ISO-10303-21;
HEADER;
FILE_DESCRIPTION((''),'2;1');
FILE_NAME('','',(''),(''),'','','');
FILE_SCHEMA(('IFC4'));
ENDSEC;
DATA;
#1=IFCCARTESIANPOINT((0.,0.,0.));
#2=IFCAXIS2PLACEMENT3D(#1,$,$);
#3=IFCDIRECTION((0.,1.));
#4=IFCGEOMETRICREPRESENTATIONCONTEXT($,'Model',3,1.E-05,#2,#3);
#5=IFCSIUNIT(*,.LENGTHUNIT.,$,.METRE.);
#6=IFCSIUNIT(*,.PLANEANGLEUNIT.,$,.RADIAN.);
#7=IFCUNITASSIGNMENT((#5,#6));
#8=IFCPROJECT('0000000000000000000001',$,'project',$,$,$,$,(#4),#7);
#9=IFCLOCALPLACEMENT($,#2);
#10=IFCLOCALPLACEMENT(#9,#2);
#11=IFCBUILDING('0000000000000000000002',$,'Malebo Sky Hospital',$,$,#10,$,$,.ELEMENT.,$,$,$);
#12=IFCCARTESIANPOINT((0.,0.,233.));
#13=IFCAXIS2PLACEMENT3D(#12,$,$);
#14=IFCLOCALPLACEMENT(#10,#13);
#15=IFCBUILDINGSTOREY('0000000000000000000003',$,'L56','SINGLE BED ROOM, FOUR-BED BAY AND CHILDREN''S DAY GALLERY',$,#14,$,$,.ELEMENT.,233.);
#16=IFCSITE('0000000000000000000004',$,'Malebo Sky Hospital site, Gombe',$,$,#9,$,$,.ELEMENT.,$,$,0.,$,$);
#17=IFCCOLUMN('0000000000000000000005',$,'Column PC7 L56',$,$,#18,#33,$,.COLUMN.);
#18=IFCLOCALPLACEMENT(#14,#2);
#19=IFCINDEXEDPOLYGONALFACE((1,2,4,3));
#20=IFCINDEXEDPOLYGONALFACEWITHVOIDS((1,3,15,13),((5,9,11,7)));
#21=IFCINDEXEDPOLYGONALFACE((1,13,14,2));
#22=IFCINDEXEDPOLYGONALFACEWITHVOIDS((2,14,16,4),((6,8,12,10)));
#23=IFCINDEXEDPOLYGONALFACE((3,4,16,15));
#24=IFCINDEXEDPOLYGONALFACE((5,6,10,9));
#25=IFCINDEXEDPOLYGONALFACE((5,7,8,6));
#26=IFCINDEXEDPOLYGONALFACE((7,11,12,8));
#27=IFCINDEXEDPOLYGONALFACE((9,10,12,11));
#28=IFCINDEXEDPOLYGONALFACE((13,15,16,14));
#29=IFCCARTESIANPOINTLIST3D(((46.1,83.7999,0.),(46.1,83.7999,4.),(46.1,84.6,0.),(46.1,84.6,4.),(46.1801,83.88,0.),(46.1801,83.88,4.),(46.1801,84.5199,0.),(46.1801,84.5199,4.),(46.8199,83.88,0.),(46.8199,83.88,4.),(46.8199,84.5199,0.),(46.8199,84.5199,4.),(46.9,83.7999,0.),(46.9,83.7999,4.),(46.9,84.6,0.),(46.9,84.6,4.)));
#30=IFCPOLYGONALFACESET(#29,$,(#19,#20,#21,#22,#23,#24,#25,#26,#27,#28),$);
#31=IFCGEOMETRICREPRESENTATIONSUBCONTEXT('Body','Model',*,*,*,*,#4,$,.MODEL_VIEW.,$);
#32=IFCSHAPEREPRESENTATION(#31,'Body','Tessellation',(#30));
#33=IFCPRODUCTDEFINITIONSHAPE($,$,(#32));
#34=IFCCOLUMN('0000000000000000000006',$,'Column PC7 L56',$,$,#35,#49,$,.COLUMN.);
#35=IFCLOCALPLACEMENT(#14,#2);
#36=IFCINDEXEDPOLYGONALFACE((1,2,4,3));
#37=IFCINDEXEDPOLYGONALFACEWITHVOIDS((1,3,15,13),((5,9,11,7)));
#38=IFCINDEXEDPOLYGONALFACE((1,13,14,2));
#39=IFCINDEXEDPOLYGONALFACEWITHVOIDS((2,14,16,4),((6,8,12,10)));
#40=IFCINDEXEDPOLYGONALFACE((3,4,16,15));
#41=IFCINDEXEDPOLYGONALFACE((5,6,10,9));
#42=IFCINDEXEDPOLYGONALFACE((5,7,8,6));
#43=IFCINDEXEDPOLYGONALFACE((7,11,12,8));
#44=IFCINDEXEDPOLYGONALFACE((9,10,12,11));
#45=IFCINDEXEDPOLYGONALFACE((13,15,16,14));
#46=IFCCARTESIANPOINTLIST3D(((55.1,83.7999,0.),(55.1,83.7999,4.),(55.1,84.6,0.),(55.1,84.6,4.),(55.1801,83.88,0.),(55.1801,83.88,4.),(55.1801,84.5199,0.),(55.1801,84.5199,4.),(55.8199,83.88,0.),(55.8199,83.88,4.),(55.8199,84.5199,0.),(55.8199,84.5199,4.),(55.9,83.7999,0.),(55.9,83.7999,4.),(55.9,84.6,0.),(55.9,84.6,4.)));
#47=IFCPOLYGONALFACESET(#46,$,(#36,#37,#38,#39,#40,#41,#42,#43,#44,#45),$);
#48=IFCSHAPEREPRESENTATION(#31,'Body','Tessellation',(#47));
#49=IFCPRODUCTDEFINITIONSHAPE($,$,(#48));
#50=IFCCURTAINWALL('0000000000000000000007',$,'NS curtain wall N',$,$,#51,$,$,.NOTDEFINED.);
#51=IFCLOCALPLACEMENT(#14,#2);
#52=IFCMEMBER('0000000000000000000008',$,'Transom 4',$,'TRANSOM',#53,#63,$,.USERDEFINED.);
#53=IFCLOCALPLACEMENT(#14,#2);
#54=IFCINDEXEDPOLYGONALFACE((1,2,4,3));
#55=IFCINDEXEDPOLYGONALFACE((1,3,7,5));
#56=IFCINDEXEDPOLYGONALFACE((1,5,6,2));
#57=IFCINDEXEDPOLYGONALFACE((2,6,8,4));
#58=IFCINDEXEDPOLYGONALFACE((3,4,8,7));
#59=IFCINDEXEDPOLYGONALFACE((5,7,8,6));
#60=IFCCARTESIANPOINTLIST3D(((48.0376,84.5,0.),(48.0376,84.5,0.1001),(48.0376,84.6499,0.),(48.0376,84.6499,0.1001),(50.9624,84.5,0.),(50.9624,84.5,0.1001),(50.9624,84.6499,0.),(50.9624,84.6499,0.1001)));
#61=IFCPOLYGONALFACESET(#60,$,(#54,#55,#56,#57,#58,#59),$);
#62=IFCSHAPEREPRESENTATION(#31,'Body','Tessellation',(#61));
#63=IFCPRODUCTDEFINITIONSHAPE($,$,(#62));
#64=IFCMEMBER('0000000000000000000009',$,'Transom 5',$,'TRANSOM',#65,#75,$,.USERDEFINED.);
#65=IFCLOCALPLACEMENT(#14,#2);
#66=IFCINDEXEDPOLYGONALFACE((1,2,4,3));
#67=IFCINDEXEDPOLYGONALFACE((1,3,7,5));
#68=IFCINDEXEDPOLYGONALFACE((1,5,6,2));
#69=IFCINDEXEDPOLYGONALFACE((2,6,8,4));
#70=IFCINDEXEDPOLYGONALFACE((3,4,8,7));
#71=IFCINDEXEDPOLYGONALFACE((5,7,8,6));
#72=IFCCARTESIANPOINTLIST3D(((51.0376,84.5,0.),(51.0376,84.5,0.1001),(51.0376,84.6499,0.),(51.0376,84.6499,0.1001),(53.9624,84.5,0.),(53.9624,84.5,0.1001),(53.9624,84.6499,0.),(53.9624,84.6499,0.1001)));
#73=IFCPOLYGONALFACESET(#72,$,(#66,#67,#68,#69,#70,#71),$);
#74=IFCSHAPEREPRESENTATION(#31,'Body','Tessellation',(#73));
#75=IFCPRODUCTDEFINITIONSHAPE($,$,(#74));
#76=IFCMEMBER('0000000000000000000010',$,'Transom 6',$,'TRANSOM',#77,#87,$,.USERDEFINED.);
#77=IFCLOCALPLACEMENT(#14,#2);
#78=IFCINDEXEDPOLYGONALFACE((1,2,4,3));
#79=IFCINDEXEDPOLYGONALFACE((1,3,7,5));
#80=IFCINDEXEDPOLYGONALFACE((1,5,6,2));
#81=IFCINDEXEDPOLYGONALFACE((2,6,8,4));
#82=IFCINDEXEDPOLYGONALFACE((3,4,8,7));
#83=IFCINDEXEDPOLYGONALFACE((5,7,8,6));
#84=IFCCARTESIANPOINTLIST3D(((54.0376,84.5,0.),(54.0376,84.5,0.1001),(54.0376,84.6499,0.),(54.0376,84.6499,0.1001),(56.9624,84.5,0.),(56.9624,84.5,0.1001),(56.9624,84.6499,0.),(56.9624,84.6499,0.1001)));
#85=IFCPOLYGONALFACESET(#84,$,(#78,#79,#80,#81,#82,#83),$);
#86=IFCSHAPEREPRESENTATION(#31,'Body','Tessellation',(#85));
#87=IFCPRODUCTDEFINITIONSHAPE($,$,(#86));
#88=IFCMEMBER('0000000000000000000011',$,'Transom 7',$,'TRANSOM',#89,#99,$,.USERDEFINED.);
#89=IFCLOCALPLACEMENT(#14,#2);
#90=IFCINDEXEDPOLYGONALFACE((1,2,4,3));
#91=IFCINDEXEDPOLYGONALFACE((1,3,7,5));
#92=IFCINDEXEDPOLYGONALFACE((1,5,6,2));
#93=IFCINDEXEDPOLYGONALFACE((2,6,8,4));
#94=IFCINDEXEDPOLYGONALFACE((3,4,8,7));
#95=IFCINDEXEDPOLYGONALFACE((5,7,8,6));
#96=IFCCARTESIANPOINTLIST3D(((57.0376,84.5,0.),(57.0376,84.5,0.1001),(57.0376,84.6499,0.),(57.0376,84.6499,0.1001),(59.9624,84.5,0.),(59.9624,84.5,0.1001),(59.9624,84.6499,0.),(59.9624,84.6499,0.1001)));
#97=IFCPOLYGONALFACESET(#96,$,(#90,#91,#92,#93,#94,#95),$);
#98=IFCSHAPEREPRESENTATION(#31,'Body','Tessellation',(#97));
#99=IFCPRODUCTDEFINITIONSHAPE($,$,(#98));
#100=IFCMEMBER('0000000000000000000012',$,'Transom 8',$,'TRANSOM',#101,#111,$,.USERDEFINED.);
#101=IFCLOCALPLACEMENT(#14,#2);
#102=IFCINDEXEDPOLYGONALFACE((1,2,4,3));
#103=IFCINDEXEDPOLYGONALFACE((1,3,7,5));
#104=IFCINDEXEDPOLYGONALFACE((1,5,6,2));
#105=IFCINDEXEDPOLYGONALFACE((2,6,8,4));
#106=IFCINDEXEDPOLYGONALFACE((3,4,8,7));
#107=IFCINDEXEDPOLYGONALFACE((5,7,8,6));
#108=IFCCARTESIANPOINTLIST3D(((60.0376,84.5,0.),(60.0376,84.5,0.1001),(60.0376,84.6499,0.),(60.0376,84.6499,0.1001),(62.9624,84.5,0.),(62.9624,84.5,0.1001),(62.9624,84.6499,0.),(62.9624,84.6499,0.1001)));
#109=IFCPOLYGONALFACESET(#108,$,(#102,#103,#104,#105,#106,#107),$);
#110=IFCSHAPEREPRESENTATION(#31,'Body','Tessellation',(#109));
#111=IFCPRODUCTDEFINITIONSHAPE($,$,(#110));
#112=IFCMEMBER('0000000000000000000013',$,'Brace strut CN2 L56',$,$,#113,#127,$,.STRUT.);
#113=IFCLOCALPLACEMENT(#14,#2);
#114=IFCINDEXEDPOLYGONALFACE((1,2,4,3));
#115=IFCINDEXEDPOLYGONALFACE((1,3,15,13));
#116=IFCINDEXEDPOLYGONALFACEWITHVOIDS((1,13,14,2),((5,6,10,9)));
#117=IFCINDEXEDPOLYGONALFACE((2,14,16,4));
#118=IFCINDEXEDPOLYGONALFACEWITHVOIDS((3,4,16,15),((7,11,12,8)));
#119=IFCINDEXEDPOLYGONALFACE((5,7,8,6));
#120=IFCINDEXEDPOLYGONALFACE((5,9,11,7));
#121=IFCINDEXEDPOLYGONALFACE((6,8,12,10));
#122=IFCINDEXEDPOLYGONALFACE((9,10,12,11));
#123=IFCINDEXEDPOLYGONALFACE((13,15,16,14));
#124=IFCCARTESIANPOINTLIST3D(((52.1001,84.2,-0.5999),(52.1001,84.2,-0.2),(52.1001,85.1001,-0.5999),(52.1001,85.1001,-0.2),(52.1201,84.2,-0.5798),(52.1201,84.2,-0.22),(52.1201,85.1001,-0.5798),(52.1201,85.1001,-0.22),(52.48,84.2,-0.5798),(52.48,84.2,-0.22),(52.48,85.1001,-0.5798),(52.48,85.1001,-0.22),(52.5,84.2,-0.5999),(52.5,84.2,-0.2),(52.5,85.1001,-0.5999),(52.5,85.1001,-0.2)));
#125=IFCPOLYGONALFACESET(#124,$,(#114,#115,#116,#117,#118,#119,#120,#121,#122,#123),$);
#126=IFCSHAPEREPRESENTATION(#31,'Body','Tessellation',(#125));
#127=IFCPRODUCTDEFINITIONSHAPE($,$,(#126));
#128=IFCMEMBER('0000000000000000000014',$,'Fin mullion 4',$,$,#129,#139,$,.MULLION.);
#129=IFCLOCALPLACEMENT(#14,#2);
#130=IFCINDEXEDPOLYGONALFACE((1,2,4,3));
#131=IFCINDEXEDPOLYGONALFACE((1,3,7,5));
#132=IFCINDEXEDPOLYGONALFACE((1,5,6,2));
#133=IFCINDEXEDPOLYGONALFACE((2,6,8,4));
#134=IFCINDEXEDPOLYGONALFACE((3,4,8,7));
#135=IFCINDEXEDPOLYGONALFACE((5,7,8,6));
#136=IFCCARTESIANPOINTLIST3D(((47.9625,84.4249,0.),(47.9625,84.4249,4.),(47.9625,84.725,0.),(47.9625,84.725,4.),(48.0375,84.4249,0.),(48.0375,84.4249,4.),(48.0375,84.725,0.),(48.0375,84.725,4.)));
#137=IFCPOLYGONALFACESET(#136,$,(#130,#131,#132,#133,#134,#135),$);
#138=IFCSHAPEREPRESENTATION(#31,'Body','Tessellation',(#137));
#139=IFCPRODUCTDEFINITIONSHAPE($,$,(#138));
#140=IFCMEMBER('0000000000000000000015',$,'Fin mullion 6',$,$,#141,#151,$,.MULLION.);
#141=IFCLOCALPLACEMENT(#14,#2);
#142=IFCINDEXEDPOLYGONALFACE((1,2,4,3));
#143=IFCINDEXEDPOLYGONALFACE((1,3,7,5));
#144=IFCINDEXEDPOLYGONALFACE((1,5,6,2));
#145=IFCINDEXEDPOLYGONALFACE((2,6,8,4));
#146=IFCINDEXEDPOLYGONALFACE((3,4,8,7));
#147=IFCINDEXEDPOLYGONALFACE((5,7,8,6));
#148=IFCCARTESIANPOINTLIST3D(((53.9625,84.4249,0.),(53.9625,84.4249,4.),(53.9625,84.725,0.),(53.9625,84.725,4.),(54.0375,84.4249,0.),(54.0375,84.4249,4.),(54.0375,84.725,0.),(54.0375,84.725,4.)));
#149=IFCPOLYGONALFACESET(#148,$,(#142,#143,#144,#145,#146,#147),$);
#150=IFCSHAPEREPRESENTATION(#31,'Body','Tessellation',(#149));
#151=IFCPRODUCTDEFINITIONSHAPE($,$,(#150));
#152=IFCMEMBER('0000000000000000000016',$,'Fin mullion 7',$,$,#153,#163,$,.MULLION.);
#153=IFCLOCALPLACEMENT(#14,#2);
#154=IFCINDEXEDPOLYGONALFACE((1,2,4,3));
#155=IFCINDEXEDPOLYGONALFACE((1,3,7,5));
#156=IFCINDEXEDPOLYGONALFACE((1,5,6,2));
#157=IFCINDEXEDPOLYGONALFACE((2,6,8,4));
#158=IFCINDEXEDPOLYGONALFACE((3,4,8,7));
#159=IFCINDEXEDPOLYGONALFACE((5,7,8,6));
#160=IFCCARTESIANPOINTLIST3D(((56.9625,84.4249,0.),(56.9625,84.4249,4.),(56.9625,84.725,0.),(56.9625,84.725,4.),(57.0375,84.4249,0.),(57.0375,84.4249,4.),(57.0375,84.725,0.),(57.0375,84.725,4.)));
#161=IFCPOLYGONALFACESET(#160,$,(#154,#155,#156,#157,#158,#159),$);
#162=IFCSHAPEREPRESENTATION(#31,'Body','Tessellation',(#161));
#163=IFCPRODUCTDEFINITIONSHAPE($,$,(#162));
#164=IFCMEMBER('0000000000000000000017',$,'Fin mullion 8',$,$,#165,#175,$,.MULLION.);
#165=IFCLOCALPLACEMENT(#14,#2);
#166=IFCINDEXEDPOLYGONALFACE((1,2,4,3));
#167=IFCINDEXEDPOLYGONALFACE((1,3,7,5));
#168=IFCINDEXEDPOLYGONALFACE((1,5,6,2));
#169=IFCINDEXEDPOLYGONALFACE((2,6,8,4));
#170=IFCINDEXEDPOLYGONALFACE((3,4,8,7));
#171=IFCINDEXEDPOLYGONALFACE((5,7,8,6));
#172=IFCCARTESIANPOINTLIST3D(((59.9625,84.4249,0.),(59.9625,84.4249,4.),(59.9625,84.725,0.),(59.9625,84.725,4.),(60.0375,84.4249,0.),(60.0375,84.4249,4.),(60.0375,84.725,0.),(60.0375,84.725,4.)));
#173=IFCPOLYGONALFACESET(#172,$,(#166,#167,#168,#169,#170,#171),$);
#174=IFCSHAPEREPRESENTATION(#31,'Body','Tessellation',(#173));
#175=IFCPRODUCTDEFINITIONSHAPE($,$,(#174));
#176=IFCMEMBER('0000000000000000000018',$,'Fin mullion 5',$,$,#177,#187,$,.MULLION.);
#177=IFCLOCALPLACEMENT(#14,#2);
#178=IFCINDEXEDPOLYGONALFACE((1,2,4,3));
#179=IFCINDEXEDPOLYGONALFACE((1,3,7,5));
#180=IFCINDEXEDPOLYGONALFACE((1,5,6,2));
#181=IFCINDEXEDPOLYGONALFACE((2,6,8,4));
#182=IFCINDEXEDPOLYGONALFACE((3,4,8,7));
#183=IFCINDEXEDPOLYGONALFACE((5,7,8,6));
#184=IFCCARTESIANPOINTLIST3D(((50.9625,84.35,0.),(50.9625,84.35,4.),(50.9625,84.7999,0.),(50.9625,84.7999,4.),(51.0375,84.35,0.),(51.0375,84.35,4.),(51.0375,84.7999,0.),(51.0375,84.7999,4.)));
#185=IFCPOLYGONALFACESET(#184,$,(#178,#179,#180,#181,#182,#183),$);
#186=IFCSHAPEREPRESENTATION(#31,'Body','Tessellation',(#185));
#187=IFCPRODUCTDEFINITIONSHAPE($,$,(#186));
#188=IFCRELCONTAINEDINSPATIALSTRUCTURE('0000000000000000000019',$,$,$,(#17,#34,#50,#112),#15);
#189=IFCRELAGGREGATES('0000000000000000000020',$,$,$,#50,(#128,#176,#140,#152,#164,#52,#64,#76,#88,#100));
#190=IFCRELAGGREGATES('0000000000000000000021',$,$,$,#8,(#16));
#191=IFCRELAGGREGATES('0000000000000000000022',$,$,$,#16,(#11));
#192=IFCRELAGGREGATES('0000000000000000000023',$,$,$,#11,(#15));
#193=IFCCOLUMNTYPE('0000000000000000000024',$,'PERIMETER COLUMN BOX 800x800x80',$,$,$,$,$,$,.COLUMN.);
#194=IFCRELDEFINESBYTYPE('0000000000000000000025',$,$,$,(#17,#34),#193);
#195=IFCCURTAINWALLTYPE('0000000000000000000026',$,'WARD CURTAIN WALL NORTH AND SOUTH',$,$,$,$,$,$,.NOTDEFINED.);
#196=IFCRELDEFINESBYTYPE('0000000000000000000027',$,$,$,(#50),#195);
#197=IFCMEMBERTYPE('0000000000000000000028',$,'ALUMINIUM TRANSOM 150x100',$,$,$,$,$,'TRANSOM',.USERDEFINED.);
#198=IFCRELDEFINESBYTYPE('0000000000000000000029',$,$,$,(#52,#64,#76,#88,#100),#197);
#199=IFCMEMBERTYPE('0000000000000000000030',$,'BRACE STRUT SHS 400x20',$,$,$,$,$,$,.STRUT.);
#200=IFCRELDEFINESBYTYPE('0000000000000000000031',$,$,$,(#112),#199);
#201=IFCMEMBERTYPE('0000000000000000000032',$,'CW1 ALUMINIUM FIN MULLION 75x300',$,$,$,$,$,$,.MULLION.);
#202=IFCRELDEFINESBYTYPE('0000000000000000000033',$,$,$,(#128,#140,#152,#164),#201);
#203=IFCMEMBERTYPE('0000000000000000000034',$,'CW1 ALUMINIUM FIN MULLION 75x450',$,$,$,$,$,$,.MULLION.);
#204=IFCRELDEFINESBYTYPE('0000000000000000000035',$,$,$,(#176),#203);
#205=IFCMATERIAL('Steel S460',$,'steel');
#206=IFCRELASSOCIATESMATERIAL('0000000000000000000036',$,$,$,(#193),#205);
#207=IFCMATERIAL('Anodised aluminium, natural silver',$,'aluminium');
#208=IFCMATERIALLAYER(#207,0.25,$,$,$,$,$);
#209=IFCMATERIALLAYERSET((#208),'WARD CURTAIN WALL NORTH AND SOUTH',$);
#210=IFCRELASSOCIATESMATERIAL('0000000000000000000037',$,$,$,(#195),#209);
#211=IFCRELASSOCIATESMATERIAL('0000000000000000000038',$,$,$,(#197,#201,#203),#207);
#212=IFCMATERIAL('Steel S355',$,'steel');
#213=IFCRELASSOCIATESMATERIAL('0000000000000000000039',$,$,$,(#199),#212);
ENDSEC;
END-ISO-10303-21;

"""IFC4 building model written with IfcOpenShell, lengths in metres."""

from ifc_helpers import new_model, si_unit, direction, frame, origin, origin_2d, place, context, subcontext, project, spatial, rectangle, hollow_rectangle, extrude, material, layer, layer_set, material_profile, profile_set, type_object, element, aggregate, save


model = new_model("IFC4")

# Units and contexts
model_context = context("Model", 3, precision=1e-05, world=origin(), true_north=direction((0.0, 1.0)))
body_context = subcontext(model_context, "Body", "Model", "MODEL_VIEW")
ifc_project = project(units=[si_unit("LENGTHUNIT", "METRE"), si_unit("PLANEANGLEUNIT", "RADIAN")], contexts=[model_context])

# Site, building, storey
site_placement = place(None, origin())
site = spatial("IfcSite", under=ifc_project, at=site_placement, Name="Malebo Sky Hospital site, Gombe", CompositionType="ELEMENT", RefElevation=0.0)
building_placement = place(site_placement, origin())
building = spatial("IfcBuilding", under=site, at=building_placement, Name="Malebo Sky Hospital", CompositionType="ELEMENT")
storey_placement = place(building_placement, frame((0.0, 0.0, 233.0)))
storey = spatial("IfcBuildingStorey", under=building, at=storey_placement, Name="L56", Description="SINGLE BED ROOM, FOUR-BED BAY AND CHILDREN'S DAY GALLERY", CompositionType="ELEMENT", Elevation=233.0)

# Columns
ifc_material_1 = material(Name="Steel S460", Category="steel")
ifc_material_profile_1 = material_profile(ifc_material_1, hollow_rectangle(XDim=0.8, YDim=0.8, WallThickness=0.0801, at=origin_2d()), Name="BOX 800x800x80")
ifc_profile_set_1 = profile_set([ifc_material_profile_1], Name="Steel S460")
column_type = type_object("IfcColumnType", Name="PERIMETER COLUMN BOX 800x800x80", PredefinedType="COLUMN", material=ifc_profile_set_1)
for number, where, z_axis, x_axis, name in (
    (1, (46.5, 84.2, 0.0), (0.0, 0.0, 1.0), (1.0, 0.0, 0.0), "Column PC7 L56"),
    (2, (55.5, 84.2, 0.0), (0.0, 0.0, 1.0), (1.0, 0.0, 0.0), "Column PC7 L56"),
):
    element("IfcColumn", number, at=place(storey_placement, frame(where, z_axis=z_axis, x_axis=x_axis)), inside=storey, type_object=column_type, Name=name, PredefinedType="COLUMN", context=body_context, shape_type="SweptSolid", body=[
        extrude(hollow_rectangle(XDim=0.8, YDim=0.8, WallThickness=0.0801, at=origin_2d()), origin(), (0.0, 0.0, 1.0), 4.0),
    ])

# Curtain wall, members
ifc_material_2 = material(Name="Anodised aluminium, natural silver", Category="aluminium")
ifc_layer_1 = layer(ifc_material_2, 0.25)
ifc_layer_set_1 = layer_set([ifc_layer_1], Name="WARD CURTAIN WALL NORTH AND SOUTH")
curtain_wall_type = type_object("IfcCurtainWallType", Name="WARD CURTAIN WALL NORTH AND SOUTH", PredefinedType="NOTDEFINED", material=ifc_layer_set_1)
curtain_wall_placement = place(storey_placement, origin())
curtain_wall = element("IfcCurtainWall", 3, at=curtain_wall_placement, inside=storey, type_object=curtain_wall_type, Name="NS curtain wall N", PredefinedType="NOTDEFINED")
ifc_material_profile_2 = material_profile(ifc_material_2, rectangle(XDim=0.1499, YDim=0.1001, at=origin_2d()), Name="ALUMINIUM TRANSOM 150x100")
ifc_profile_set_2 = profile_set([ifc_material_profile_2], Name="Anodised aluminium, natural silver")
member_type_1 = type_object("IfcMemberType", Name="ALUMINIUM TRANSOM 150x100", ElementType="TRANSOM", PredefinedType="USERDEFINED", material=ifc_profile_set_2)
member_1_placement = place(storey_placement, frame((48.0376, 84.575, 0.05), z_axis=(1.0, 0.0, 0.0), x_axis=(0.0, 1.0, 0.0)))
member_1 = element("IfcMember", 4, at=member_1_placement, type_object=member_type_1, Name="Transom 4", ObjectType="TRANSOM", PredefinedType="USERDEFINED", context=body_context, shape_type="SweptSolid", body=[
    extrude(rectangle(XDim=0.1499, YDim=0.1001, at=origin_2d()), origin(), (0.0, 0.0, 1.0), 2.9248),
])
member_2_placement = place(storey_placement, frame((51.0376, 84.575, 0.05), z_axis=(1.0, 0.0, 0.0), x_axis=(0.0, 1.0, 0.0)))
member_2 = element("IfcMember", 5, at=member_2_placement, type_object=member_type_1, Name="Transom 5", ObjectType="TRANSOM", PredefinedType="USERDEFINED", context=body_context, shape_type="SweptSolid", body=[
    extrude(rectangle(XDim=0.1499, YDim=0.1001, at=origin_2d()), origin(), (0.0, 0.0, 1.0), 2.9248),
])
member_3_placement = place(storey_placement, frame((54.0376, 84.575, 0.05), z_axis=(1.0, 0.0, 0.0), x_axis=(0.0, 1.0, 0.0)))
member_3 = element("IfcMember", 6, at=member_3_placement, type_object=member_type_1, Name="Transom 6", ObjectType="TRANSOM", PredefinedType="USERDEFINED", context=body_context, shape_type="SweptSolid", body=[
    extrude(rectangle(XDim=0.1499, YDim=0.1001, at=origin_2d()), origin(), (0.0, 0.0, 1.0), 2.9248),
])
member_4_placement = place(storey_placement, frame((57.0376, 84.575, 0.05), z_axis=(1.0, 0.0, 0.0), x_axis=(0.0, 1.0, 0.0)))
member_4 = element("IfcMember", 7, at=member_4_placement, type_object=member_type_1, Name="Transom 7", ObjectType="TRANSOM", PredefinedType="USERDEFINED", context=body_context, shape_type="SweptSolid", body=[
    extrude(rectangle(XDim=0.1499, YDim=0.1001, at=origin_2d()), origin(), (0.0, 0.0, 1.0), 2.9248),
])
member_5_placement = place(storey_placement, frame((60.0376, 84.575, 0.05), z_axis=(1.0, 0.0, 0.0), x_axis=(0.0, 1.0, 0.0)))
member_5 = element("IfcMember", 8, at=member_5_placement, type_object=member_type_1, Name="Transom 8", ObjectType="TRANSOM", PredefinedType="USERDEFINED", context=body_context, shape_type="SweptSolid", body=[
    extrude(rectangle(XDim=0.1499, YDim=0.1001, at=origin_2d()), origin(), (0.0, 0.0, 1.0), 2.9248),
])

# Members
ifc_material_3 = material(Name="Steel S355", Category="steel")
ifc_material_profile_3 = material_profile(ifc_material_3, hollow_rectangle(XDim=0.3999, YDim=0.3999, WallThickness=0.02, at=origin_2d()), Name="SHS 400x20")
ifc_profile_set_3 = profile_set([ifc_material_profile_3], Name="Steel S355")
member_type_2 = type_object("IfcMemberType", Name="BRACE STRUT SHS 400x20", PredefinedType="STRUT", material=ifc_profile_set_3)
member_6_placement = place(storey_placement, frame((52.3, 85.1001, -0.3999), z_axis=(0.0, -1.0, 0.0), x_axis=(1.0, 0.0, 0.0)))
element("IfcMember", 9, at=member_6_placement, inside=storey, type_object=member_type_2, Name="Brace strut CN2 L56", PredefinedType="STRUT", context=body_context, shape_type="SweptSolid", body=[
    extrude(hollow_rectangle(XDim=0.3999, YDim=0.3999, WallThickness=0.02, at=origin_2d()), origin(), (0.0, 0.0, 1.0), 0.9001),
])
ifc_material_profile_4 = material_profile(ifc_material_2, rectangle(XDim=0.075, YDim=0.3, at=origin_2d()), Name="CW1 ALUMINIUM FIN MULLION 75x300")
ifc_profile_set_4 = profile_set([ifc_material_profile_4], Name="Anodised aluminium, natural silver")
member_type_3 = type_object("IfcMemberType", Name="CW1 ALUMINIUM FIN MULLION 75x300", PredefinedType="MULLION", material=ifc_profile_set_4)
member_7_placement = place(storey_placement, frame((48.0, 84.575, 0.0), z_axis=(0.0, 0.0, 1.0), x_axis=(1.0, 0.0, 0.0)))
member_7 = element("IfcMember", 10, at=member_7_placement, type_object=member_type_3, Name="Fin mullion 4", PredefinedType="MULLION", context=body_context, shape_type="SweptSolid", body=[
    extrude(rectangle(XDim=0.075, YDim=0.3, at=origin_2d()), origin(), (0.0, 0.0, 1.0), 4.0),
])
member_8_placement = place(storey_placement, frame((54.0, 84.575, 0.0), z_axis=(0.0, 0.0, 1.0), x_axis=(1.0, 0.0, 0.0)))
member_8 = element("IfcMember", 11, at=member_8_placement, type_object=member_type_3, Name="Fin mullion 6", PredefinedType="MULLION", context=body_context, shape_type="SweptSolid", body=[
    extrude(rectangle(XDim=0.075, YDim=0.3, at=origin_2d()), origin(), (0.0, 0.0, 1.0), 4.0),
])
member_9_placement = place(storey_placement, frame((57.0, 84.575, 0.0), z_axis=(0.0, 0.0, 1.0), x_axis=(1.0, 0.0, 0.0)))
member_9 = element("IfcMember", 12, at=member_9_placement, type_object=member_type_3, Name="Fin mullion 7", PredefinedType="MULLION", context=body_context, shape_type="SweptSolid", body=[
    extrude(rectangle(XDim=0.075, YDim=0.3, at=origin_2d()), origin(), (0.0, 0.0, 1.0), 4.0),
])
member_10_placement = place(storey_placement, frame((60.0, 84.575, 0.0), z_axis=(0.0, 0.0, 1.0), x_axis=(1.0, 0.0, 0.0)))
member_10 = element("IfcMember", 13, at=member_10_placement, type_object=member_type_3, Name="Fin mullion 8", PredefinedType="MULLION", context=body_context, shape_type="SweptSolid", body=[
    extrude(rectangle(XDim=0.075, YDim=0.3, at=origin_2d()), origin(), (0.0, 0.0, 1.0), 4.0),
])
ifc_material_profile_5 = material_profile(ifc_material_2, rectangle(XDim=0.075, YDim=0.45, at=origin_2d()), Name="CW1 ALUMINIUM FIN MULLION 75x450")
ifc_profile_set_5 = profile_set([ifc_material_profile_5], Name="Anodised aluminium, natural silver")
member_type_4 = type_object("IfcMemberType", Name="CW1 ALUMINIUM FIN MULLION 75x450", PredefinedType="MULLION", material=ifc_profile_set_5)
member_11_placement = place(storey_placement, frame((51.0, 84.575, 0.0), z_axis=(0.0, 0.0, 1.0), x_axis=(1.0, 0.0, 0.0)))
member_11 = element("IfcMember", 14, at=member_11_placement, type_object=member_type_4, Name="Fin mullion 5", PredefinedType="MULLION", context=body_context, shape_type="SweptSolid", body=[
    extrude(rectangle(XDim=0.075, YDim=0.45, at=origin_2d()), origin(), (0.0, 0.0, 1.0), 4.0),
])

aggregate(curtain_wall, [member_7, member_11, member_8, member_9, member_10, member_1, member_2, member_3, member_4, member_5])

save(model, "model.ifc")
